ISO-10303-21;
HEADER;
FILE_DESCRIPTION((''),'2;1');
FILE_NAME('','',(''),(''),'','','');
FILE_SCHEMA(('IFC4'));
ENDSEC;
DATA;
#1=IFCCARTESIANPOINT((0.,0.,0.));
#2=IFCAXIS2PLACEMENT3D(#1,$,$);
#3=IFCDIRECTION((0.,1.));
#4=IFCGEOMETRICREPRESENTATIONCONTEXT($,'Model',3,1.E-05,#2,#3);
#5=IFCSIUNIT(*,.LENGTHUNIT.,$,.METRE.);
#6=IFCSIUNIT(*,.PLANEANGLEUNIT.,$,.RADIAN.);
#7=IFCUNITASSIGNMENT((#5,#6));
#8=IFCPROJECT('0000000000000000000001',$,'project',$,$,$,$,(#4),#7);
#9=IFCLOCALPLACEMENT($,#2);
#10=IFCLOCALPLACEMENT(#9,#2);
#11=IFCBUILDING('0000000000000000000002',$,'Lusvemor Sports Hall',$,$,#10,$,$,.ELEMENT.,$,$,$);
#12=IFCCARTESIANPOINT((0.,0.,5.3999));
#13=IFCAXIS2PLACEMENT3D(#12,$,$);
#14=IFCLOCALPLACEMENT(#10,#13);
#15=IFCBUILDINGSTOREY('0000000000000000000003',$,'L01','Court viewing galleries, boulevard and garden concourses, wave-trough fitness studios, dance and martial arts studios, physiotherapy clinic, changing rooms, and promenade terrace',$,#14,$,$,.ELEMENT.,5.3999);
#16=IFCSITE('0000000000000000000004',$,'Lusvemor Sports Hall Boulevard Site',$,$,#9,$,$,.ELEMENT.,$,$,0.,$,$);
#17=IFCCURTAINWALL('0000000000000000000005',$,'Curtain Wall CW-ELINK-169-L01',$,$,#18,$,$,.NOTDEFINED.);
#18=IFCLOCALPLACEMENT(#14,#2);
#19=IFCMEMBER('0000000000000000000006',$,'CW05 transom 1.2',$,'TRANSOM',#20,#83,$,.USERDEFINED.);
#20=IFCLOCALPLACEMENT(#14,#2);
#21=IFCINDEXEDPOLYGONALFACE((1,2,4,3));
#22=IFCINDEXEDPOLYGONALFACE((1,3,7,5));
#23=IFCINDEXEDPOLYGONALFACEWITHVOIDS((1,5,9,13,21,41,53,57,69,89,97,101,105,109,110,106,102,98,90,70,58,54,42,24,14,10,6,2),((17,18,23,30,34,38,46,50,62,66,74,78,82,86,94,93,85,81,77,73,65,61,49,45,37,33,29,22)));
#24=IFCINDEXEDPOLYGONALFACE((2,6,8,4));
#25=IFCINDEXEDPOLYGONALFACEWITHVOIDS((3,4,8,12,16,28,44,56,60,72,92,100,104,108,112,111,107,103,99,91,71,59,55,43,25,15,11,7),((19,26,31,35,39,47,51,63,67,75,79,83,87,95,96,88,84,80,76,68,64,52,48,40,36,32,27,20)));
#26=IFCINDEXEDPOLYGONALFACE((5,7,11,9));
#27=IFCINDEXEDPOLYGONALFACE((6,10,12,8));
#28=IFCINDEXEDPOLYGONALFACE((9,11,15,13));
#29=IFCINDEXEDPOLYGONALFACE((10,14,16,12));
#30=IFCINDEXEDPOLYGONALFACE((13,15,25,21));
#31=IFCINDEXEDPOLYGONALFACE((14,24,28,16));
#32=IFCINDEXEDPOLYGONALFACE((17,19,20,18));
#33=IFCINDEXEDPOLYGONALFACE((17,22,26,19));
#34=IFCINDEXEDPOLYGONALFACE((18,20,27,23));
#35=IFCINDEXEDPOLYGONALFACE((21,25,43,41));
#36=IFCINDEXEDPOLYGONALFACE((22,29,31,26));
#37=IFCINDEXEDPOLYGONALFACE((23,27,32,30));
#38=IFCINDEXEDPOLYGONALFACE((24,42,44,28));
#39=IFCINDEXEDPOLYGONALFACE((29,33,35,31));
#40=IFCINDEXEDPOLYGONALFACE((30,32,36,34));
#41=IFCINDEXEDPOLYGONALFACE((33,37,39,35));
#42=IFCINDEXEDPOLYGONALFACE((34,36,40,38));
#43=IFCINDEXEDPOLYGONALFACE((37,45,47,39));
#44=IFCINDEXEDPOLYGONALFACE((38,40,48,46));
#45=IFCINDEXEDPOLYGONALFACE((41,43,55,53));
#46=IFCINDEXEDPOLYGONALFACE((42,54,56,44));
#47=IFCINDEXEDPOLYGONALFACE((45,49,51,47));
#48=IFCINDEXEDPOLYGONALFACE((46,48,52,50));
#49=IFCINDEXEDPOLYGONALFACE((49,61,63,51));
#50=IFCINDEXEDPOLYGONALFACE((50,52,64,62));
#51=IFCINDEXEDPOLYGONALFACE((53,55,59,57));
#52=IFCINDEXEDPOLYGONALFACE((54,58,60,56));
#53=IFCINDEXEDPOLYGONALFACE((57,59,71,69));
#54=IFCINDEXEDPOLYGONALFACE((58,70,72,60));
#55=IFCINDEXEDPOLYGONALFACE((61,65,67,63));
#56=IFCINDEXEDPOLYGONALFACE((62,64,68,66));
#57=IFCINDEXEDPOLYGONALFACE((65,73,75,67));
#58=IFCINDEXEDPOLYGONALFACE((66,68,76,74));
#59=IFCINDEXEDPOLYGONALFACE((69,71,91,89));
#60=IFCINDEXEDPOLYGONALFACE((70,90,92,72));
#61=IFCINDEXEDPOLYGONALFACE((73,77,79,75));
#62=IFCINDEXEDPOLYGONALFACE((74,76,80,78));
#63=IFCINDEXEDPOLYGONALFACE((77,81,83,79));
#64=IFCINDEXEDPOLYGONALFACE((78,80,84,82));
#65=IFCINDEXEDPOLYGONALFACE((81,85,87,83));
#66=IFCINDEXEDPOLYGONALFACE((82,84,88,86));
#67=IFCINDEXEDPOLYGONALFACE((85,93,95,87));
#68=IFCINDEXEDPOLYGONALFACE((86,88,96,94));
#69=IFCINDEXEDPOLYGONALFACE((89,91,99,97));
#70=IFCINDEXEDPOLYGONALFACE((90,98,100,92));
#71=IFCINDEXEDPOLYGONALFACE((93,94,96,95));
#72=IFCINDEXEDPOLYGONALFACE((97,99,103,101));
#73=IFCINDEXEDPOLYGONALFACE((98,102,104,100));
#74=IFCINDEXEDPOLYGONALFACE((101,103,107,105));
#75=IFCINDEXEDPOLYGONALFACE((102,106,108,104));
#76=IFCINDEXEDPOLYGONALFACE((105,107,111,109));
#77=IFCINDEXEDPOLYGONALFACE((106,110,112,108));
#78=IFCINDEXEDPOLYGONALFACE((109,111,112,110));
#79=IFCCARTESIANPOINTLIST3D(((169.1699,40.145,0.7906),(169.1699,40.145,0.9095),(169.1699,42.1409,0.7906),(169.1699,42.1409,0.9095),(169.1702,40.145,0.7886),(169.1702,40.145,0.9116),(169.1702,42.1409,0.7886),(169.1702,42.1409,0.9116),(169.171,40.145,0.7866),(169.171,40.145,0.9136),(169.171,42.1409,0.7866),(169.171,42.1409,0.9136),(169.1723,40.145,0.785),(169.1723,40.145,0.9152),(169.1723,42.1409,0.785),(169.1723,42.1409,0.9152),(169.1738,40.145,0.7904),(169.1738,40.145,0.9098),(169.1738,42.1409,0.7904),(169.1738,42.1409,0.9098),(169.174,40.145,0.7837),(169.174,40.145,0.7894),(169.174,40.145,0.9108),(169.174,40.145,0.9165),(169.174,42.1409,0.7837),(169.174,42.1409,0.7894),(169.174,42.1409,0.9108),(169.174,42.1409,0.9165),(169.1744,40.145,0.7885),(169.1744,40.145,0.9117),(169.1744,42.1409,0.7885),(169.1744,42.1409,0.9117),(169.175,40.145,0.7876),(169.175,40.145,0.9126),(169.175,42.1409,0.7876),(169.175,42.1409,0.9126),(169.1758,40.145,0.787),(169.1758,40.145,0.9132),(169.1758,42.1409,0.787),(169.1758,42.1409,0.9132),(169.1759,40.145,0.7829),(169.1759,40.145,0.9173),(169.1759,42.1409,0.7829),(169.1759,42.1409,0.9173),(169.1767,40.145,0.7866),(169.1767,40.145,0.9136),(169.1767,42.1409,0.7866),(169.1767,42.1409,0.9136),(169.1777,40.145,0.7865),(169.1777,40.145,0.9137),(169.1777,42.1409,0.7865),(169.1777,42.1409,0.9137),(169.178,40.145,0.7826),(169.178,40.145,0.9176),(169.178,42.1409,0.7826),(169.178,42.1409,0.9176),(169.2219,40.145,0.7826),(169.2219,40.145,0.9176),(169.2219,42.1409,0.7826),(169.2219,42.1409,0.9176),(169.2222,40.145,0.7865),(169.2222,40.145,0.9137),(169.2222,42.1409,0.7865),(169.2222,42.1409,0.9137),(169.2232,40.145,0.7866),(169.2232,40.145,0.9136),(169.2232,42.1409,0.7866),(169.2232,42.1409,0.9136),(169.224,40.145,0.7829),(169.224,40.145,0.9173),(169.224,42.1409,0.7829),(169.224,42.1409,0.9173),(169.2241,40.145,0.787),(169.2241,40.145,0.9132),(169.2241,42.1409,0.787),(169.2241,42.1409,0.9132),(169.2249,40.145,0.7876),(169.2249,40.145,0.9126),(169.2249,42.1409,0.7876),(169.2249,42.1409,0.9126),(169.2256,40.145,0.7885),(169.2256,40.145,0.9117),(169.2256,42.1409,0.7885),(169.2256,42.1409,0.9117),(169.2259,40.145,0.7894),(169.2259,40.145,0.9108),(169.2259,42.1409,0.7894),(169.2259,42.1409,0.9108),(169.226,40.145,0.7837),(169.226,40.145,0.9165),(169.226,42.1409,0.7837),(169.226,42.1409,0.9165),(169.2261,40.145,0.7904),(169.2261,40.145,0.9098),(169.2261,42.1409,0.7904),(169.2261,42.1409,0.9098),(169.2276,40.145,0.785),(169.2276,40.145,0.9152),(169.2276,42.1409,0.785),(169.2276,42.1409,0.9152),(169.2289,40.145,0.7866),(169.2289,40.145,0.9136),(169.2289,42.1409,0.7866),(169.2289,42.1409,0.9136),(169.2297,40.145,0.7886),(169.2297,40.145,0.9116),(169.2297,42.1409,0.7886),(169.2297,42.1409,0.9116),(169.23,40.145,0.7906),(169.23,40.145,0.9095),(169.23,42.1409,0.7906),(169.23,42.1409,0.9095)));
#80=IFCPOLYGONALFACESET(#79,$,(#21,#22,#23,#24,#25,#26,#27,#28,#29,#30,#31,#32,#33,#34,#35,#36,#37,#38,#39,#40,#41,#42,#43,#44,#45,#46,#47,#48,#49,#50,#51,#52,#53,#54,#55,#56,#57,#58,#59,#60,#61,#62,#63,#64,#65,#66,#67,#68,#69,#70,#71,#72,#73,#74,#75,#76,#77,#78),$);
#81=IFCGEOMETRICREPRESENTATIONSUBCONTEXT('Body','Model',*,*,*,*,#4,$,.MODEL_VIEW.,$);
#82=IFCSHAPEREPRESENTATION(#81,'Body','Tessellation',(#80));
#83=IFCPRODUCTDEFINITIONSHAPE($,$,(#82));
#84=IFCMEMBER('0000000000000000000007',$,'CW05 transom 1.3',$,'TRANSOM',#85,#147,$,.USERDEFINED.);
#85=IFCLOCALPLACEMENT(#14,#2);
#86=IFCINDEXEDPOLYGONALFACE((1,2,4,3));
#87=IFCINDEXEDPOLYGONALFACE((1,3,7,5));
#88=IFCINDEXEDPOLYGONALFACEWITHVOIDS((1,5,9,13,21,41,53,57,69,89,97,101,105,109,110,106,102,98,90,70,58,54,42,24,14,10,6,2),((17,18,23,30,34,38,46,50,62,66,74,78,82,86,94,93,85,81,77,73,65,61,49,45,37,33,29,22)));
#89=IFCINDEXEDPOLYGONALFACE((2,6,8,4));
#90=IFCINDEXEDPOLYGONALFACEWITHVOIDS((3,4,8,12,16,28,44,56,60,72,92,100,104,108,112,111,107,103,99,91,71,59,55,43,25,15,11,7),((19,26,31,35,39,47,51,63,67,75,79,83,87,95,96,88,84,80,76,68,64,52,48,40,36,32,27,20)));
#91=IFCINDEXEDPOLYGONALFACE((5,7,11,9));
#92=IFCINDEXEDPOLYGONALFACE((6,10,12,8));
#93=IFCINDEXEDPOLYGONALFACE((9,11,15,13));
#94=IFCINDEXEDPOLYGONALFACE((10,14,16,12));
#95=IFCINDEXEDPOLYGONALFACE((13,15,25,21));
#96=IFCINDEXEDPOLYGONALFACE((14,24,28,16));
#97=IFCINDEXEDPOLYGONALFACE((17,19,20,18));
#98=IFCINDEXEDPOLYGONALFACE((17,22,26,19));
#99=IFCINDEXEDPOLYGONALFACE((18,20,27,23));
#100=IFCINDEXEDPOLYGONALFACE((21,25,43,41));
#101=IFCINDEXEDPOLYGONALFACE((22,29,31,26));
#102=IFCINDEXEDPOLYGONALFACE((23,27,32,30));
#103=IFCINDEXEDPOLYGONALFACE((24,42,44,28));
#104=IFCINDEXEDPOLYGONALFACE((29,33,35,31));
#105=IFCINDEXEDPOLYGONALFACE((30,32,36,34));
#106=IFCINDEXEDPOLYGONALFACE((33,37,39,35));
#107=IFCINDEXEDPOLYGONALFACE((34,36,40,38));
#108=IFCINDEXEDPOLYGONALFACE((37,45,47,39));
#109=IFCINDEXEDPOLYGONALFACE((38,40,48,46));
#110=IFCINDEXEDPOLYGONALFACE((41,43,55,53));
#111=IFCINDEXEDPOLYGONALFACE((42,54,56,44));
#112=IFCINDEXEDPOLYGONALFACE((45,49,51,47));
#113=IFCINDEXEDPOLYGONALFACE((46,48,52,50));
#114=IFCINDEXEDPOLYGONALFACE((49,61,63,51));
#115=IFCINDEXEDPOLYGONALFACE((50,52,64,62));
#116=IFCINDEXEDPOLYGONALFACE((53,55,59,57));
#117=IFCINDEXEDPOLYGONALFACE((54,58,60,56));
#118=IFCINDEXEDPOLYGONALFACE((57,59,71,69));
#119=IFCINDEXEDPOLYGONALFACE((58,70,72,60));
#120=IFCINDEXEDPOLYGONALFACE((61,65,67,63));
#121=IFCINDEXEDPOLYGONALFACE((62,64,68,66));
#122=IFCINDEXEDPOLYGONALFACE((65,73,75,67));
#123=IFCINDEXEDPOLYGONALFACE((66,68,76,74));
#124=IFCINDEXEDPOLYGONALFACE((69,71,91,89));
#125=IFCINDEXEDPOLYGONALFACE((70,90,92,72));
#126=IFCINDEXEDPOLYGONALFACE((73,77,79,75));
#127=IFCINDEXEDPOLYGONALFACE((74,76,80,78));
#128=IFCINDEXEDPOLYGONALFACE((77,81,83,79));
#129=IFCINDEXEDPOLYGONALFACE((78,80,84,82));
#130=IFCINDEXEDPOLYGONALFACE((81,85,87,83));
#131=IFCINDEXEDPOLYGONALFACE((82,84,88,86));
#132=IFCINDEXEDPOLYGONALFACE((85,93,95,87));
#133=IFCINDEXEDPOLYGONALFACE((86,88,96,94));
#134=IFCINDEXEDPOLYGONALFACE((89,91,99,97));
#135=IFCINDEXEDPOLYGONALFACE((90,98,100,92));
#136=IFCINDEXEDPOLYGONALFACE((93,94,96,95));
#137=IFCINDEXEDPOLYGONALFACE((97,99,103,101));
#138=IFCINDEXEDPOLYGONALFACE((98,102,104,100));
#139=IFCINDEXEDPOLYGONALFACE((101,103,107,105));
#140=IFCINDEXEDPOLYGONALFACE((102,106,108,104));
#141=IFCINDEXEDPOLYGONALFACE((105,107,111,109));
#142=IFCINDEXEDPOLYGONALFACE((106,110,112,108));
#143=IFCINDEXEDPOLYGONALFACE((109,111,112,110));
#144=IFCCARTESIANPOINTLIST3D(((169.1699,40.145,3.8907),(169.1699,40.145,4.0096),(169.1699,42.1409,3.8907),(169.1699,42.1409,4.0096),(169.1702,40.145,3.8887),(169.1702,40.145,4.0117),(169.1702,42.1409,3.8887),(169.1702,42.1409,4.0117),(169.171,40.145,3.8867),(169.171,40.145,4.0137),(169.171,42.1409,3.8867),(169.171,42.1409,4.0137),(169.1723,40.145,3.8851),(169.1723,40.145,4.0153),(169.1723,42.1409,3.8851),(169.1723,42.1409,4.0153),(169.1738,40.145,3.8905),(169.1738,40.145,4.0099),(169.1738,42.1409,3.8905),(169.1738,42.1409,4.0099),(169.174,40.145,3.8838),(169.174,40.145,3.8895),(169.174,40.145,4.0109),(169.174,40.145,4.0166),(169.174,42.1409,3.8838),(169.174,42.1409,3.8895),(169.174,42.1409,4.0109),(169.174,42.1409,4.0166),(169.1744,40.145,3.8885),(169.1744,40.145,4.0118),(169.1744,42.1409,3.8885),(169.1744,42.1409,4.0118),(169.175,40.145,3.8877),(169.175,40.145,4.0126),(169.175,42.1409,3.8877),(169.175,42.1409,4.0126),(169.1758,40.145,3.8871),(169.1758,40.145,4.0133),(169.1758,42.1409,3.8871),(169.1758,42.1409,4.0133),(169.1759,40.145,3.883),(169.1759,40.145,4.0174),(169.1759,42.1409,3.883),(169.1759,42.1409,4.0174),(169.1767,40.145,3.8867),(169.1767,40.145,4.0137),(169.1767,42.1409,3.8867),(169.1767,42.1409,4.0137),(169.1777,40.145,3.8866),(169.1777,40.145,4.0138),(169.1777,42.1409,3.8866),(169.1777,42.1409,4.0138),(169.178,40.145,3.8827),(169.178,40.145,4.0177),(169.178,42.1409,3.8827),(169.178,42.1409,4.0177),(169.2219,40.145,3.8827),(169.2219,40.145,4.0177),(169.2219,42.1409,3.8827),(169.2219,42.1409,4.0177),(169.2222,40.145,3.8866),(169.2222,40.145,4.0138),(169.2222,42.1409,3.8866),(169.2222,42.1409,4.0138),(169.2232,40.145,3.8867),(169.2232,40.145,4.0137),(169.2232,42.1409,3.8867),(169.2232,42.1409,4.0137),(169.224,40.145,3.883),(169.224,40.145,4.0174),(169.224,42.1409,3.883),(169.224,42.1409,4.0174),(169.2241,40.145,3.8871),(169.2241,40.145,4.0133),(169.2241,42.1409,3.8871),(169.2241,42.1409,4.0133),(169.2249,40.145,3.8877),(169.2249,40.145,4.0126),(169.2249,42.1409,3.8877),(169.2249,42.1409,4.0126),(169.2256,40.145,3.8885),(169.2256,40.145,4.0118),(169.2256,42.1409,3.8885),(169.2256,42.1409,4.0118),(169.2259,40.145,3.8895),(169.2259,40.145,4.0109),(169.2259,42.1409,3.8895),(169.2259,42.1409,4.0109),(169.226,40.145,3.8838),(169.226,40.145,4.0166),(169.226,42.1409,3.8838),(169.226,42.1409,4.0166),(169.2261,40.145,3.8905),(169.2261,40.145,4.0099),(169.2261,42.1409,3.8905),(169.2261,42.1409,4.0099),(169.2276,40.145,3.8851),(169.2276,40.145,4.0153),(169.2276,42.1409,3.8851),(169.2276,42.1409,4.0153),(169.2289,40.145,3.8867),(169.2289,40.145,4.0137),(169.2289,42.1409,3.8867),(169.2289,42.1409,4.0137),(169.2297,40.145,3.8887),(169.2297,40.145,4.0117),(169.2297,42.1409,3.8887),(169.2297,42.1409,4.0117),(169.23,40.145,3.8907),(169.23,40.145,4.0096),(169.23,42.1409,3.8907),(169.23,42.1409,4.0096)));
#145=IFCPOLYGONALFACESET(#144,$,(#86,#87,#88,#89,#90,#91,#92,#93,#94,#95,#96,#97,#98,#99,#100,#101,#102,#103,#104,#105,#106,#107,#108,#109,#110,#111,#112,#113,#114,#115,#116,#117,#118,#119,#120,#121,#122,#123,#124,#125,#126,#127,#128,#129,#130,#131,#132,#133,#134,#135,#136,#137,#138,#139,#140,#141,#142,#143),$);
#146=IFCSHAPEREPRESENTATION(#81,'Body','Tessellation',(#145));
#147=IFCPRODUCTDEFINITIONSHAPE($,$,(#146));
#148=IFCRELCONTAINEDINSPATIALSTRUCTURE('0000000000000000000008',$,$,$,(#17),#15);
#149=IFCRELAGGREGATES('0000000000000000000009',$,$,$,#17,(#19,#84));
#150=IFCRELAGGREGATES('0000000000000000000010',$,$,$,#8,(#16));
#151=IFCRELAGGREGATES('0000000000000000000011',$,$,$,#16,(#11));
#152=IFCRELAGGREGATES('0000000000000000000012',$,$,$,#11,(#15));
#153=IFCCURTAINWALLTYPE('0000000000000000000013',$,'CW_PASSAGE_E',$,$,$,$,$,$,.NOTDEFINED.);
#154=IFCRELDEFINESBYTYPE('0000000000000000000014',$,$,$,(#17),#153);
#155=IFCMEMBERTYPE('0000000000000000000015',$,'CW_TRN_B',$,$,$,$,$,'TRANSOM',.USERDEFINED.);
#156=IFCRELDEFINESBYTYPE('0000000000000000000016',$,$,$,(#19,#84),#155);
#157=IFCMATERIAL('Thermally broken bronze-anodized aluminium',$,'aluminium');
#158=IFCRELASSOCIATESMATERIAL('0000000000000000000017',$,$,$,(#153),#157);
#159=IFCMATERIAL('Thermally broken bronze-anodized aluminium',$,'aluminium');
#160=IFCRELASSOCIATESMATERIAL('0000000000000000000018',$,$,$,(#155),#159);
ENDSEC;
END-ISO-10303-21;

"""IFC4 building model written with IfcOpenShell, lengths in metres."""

from ifc_helpers import new_model, si_unit, direction, frame, origin, origin_2d, place, context, subcontext, project, spatial, hollow_rectangle, extrude, material, material_profile, profile_set, type_object, element, aggregate, save


model = new_model("IFC4")

# Units and contexts
model_context = context("Model", 3, precision=1e-05, world=origin(), true_north=direction((0.0, 1.0)))
body_context = subcontext(model_context, "Body", "Model", "MODEL_VIEW")
ifc_project = project(units=[si_unit("LENGTHUNIT", "METRE"), si_unit("PLANEANGLEUNIT", "RADIAN")], contexts=[model_context])

# Site, building, storey
site_placement = place(None, origin())
site = spatial("IfcSite", under=ifc_project, at=site_placement, Name="Lusvemor Sports Hall Boulevard Site", CompositionType="ELEMENT", RefElevation=0.0)
building_placement = place(site_placement, origin())
building = spatial("IfcBuilding", under=site, at=building_placement, Name="Lusvemor Sports Hall", CompositionType="ELEMENT")
storey_placement = place(building_placement, frame((0.0, 0.0, 5.3999)))
storey = spatial("IfcBuildingStorey", under=building, at=storey_placement, Name="L01", Description="Court viewing galleries, boulevard and garden concourses, wave-trough fitness studios, dance and martial arts studios, physiotherapy clinic, changing rooms, and promenade terrace", CompositionType="ELEMENT", Elevation=5.3999)

# Curtain wall
ifc_material_1 = material(Name="Thermally broken bronze-anodized aluminium", Category="aluminium")
curtain_wall_type_1 = type_object("IfcCurtainWallType", Name="CW_PASSAGE_E", PredefinedType="NOTDEFINED", material=ifc_material_1)
curtain_wall_1_placement = place(storey_placement, origin())
curtain_wall_1 = element("IfcCurtainWall", 1, at=curtain_wall_1_placement, inside=storey, type_object=curtain_wall_type_1, Name="Curtain Wall CW-ELINK-169-L01", PredefinedType="NOTDEFINED")

# Members
ifc_material_2 = material(Name="Thermally broken bronze-anodized aluminium", Category="aluminium")
ifc_material_profile_1 = material_profile(ifc_material_2, hollow_rectangle(XDim=0.0601, YDim=0.135, WallThickness=0.0039, InnerFilletRadius=0.0039, OuterFilletRadius=0.0081, at=origin_2d()), Name="CWTRN135x60x4")
ifc_profile_set_1 = profile_set([ifc_material_profile_1], Name="Thermally broken bronze-anodized aluminium")
member_type_1 = type_object("IfcMemberType", Name="CW_TRN_B", ElementType="TRANSOM", PredefinedType="USERDEFINED", material=ifc_profile_set_1)
member_1_placement = place(storey_placement, frame((169.2, 40.145, 0.8501), z_axis=(0.0, 1.0, 0.0), x_axis=(-1.0, 0.0, 0.0)))
member_1 = element("IfcMember", 2, at=member_1_placement, type_object=member_type_1, Name="CW05 transom 1.2", ObjectType="TRANSOM", PredefinedType="USERDEFINED", context=body_context, shape_type="SweptSolid", body=[
    extrude(hollow_rectangle(XDim=0.0601, YDim=0.135, WallThickness=0.0039, InnerFilletRadius=0.0039, OuterFilletRadius=0.0081, at=origin_2d()), origin(), (0.0, 0.0, 1.0), 1.9958),
])
member_2_placement = place(storey_placement, frame((169.2, 40.145, 3.9502), z_axis=(0.0, 1.0, 0.0), x_axis=(-1.0, 0.0, 0.0)))
member_2 = element("IfcMember", 3, at=member_2_placement, type_object=member_type_1, Name="CW05 transom 1.3", ObjectType="TRANSOM", PredefinedType="USERDEFINED", context=body_context, shape_type="SweptSolid", body=[
    extrude(hollow_rectangle(XDim=0.0601, YDim=0.135, WallThickness=0.0039, InnerFilletRadius=0.0039, OuterFilletRadius=0.0081, at=origin_2d()), origin(), (0.0, 0.0, 1.0), 1.9958),
])

aggregate(curtain_wall_1, [member_1, member_2])

save(model, "model.ifc")
